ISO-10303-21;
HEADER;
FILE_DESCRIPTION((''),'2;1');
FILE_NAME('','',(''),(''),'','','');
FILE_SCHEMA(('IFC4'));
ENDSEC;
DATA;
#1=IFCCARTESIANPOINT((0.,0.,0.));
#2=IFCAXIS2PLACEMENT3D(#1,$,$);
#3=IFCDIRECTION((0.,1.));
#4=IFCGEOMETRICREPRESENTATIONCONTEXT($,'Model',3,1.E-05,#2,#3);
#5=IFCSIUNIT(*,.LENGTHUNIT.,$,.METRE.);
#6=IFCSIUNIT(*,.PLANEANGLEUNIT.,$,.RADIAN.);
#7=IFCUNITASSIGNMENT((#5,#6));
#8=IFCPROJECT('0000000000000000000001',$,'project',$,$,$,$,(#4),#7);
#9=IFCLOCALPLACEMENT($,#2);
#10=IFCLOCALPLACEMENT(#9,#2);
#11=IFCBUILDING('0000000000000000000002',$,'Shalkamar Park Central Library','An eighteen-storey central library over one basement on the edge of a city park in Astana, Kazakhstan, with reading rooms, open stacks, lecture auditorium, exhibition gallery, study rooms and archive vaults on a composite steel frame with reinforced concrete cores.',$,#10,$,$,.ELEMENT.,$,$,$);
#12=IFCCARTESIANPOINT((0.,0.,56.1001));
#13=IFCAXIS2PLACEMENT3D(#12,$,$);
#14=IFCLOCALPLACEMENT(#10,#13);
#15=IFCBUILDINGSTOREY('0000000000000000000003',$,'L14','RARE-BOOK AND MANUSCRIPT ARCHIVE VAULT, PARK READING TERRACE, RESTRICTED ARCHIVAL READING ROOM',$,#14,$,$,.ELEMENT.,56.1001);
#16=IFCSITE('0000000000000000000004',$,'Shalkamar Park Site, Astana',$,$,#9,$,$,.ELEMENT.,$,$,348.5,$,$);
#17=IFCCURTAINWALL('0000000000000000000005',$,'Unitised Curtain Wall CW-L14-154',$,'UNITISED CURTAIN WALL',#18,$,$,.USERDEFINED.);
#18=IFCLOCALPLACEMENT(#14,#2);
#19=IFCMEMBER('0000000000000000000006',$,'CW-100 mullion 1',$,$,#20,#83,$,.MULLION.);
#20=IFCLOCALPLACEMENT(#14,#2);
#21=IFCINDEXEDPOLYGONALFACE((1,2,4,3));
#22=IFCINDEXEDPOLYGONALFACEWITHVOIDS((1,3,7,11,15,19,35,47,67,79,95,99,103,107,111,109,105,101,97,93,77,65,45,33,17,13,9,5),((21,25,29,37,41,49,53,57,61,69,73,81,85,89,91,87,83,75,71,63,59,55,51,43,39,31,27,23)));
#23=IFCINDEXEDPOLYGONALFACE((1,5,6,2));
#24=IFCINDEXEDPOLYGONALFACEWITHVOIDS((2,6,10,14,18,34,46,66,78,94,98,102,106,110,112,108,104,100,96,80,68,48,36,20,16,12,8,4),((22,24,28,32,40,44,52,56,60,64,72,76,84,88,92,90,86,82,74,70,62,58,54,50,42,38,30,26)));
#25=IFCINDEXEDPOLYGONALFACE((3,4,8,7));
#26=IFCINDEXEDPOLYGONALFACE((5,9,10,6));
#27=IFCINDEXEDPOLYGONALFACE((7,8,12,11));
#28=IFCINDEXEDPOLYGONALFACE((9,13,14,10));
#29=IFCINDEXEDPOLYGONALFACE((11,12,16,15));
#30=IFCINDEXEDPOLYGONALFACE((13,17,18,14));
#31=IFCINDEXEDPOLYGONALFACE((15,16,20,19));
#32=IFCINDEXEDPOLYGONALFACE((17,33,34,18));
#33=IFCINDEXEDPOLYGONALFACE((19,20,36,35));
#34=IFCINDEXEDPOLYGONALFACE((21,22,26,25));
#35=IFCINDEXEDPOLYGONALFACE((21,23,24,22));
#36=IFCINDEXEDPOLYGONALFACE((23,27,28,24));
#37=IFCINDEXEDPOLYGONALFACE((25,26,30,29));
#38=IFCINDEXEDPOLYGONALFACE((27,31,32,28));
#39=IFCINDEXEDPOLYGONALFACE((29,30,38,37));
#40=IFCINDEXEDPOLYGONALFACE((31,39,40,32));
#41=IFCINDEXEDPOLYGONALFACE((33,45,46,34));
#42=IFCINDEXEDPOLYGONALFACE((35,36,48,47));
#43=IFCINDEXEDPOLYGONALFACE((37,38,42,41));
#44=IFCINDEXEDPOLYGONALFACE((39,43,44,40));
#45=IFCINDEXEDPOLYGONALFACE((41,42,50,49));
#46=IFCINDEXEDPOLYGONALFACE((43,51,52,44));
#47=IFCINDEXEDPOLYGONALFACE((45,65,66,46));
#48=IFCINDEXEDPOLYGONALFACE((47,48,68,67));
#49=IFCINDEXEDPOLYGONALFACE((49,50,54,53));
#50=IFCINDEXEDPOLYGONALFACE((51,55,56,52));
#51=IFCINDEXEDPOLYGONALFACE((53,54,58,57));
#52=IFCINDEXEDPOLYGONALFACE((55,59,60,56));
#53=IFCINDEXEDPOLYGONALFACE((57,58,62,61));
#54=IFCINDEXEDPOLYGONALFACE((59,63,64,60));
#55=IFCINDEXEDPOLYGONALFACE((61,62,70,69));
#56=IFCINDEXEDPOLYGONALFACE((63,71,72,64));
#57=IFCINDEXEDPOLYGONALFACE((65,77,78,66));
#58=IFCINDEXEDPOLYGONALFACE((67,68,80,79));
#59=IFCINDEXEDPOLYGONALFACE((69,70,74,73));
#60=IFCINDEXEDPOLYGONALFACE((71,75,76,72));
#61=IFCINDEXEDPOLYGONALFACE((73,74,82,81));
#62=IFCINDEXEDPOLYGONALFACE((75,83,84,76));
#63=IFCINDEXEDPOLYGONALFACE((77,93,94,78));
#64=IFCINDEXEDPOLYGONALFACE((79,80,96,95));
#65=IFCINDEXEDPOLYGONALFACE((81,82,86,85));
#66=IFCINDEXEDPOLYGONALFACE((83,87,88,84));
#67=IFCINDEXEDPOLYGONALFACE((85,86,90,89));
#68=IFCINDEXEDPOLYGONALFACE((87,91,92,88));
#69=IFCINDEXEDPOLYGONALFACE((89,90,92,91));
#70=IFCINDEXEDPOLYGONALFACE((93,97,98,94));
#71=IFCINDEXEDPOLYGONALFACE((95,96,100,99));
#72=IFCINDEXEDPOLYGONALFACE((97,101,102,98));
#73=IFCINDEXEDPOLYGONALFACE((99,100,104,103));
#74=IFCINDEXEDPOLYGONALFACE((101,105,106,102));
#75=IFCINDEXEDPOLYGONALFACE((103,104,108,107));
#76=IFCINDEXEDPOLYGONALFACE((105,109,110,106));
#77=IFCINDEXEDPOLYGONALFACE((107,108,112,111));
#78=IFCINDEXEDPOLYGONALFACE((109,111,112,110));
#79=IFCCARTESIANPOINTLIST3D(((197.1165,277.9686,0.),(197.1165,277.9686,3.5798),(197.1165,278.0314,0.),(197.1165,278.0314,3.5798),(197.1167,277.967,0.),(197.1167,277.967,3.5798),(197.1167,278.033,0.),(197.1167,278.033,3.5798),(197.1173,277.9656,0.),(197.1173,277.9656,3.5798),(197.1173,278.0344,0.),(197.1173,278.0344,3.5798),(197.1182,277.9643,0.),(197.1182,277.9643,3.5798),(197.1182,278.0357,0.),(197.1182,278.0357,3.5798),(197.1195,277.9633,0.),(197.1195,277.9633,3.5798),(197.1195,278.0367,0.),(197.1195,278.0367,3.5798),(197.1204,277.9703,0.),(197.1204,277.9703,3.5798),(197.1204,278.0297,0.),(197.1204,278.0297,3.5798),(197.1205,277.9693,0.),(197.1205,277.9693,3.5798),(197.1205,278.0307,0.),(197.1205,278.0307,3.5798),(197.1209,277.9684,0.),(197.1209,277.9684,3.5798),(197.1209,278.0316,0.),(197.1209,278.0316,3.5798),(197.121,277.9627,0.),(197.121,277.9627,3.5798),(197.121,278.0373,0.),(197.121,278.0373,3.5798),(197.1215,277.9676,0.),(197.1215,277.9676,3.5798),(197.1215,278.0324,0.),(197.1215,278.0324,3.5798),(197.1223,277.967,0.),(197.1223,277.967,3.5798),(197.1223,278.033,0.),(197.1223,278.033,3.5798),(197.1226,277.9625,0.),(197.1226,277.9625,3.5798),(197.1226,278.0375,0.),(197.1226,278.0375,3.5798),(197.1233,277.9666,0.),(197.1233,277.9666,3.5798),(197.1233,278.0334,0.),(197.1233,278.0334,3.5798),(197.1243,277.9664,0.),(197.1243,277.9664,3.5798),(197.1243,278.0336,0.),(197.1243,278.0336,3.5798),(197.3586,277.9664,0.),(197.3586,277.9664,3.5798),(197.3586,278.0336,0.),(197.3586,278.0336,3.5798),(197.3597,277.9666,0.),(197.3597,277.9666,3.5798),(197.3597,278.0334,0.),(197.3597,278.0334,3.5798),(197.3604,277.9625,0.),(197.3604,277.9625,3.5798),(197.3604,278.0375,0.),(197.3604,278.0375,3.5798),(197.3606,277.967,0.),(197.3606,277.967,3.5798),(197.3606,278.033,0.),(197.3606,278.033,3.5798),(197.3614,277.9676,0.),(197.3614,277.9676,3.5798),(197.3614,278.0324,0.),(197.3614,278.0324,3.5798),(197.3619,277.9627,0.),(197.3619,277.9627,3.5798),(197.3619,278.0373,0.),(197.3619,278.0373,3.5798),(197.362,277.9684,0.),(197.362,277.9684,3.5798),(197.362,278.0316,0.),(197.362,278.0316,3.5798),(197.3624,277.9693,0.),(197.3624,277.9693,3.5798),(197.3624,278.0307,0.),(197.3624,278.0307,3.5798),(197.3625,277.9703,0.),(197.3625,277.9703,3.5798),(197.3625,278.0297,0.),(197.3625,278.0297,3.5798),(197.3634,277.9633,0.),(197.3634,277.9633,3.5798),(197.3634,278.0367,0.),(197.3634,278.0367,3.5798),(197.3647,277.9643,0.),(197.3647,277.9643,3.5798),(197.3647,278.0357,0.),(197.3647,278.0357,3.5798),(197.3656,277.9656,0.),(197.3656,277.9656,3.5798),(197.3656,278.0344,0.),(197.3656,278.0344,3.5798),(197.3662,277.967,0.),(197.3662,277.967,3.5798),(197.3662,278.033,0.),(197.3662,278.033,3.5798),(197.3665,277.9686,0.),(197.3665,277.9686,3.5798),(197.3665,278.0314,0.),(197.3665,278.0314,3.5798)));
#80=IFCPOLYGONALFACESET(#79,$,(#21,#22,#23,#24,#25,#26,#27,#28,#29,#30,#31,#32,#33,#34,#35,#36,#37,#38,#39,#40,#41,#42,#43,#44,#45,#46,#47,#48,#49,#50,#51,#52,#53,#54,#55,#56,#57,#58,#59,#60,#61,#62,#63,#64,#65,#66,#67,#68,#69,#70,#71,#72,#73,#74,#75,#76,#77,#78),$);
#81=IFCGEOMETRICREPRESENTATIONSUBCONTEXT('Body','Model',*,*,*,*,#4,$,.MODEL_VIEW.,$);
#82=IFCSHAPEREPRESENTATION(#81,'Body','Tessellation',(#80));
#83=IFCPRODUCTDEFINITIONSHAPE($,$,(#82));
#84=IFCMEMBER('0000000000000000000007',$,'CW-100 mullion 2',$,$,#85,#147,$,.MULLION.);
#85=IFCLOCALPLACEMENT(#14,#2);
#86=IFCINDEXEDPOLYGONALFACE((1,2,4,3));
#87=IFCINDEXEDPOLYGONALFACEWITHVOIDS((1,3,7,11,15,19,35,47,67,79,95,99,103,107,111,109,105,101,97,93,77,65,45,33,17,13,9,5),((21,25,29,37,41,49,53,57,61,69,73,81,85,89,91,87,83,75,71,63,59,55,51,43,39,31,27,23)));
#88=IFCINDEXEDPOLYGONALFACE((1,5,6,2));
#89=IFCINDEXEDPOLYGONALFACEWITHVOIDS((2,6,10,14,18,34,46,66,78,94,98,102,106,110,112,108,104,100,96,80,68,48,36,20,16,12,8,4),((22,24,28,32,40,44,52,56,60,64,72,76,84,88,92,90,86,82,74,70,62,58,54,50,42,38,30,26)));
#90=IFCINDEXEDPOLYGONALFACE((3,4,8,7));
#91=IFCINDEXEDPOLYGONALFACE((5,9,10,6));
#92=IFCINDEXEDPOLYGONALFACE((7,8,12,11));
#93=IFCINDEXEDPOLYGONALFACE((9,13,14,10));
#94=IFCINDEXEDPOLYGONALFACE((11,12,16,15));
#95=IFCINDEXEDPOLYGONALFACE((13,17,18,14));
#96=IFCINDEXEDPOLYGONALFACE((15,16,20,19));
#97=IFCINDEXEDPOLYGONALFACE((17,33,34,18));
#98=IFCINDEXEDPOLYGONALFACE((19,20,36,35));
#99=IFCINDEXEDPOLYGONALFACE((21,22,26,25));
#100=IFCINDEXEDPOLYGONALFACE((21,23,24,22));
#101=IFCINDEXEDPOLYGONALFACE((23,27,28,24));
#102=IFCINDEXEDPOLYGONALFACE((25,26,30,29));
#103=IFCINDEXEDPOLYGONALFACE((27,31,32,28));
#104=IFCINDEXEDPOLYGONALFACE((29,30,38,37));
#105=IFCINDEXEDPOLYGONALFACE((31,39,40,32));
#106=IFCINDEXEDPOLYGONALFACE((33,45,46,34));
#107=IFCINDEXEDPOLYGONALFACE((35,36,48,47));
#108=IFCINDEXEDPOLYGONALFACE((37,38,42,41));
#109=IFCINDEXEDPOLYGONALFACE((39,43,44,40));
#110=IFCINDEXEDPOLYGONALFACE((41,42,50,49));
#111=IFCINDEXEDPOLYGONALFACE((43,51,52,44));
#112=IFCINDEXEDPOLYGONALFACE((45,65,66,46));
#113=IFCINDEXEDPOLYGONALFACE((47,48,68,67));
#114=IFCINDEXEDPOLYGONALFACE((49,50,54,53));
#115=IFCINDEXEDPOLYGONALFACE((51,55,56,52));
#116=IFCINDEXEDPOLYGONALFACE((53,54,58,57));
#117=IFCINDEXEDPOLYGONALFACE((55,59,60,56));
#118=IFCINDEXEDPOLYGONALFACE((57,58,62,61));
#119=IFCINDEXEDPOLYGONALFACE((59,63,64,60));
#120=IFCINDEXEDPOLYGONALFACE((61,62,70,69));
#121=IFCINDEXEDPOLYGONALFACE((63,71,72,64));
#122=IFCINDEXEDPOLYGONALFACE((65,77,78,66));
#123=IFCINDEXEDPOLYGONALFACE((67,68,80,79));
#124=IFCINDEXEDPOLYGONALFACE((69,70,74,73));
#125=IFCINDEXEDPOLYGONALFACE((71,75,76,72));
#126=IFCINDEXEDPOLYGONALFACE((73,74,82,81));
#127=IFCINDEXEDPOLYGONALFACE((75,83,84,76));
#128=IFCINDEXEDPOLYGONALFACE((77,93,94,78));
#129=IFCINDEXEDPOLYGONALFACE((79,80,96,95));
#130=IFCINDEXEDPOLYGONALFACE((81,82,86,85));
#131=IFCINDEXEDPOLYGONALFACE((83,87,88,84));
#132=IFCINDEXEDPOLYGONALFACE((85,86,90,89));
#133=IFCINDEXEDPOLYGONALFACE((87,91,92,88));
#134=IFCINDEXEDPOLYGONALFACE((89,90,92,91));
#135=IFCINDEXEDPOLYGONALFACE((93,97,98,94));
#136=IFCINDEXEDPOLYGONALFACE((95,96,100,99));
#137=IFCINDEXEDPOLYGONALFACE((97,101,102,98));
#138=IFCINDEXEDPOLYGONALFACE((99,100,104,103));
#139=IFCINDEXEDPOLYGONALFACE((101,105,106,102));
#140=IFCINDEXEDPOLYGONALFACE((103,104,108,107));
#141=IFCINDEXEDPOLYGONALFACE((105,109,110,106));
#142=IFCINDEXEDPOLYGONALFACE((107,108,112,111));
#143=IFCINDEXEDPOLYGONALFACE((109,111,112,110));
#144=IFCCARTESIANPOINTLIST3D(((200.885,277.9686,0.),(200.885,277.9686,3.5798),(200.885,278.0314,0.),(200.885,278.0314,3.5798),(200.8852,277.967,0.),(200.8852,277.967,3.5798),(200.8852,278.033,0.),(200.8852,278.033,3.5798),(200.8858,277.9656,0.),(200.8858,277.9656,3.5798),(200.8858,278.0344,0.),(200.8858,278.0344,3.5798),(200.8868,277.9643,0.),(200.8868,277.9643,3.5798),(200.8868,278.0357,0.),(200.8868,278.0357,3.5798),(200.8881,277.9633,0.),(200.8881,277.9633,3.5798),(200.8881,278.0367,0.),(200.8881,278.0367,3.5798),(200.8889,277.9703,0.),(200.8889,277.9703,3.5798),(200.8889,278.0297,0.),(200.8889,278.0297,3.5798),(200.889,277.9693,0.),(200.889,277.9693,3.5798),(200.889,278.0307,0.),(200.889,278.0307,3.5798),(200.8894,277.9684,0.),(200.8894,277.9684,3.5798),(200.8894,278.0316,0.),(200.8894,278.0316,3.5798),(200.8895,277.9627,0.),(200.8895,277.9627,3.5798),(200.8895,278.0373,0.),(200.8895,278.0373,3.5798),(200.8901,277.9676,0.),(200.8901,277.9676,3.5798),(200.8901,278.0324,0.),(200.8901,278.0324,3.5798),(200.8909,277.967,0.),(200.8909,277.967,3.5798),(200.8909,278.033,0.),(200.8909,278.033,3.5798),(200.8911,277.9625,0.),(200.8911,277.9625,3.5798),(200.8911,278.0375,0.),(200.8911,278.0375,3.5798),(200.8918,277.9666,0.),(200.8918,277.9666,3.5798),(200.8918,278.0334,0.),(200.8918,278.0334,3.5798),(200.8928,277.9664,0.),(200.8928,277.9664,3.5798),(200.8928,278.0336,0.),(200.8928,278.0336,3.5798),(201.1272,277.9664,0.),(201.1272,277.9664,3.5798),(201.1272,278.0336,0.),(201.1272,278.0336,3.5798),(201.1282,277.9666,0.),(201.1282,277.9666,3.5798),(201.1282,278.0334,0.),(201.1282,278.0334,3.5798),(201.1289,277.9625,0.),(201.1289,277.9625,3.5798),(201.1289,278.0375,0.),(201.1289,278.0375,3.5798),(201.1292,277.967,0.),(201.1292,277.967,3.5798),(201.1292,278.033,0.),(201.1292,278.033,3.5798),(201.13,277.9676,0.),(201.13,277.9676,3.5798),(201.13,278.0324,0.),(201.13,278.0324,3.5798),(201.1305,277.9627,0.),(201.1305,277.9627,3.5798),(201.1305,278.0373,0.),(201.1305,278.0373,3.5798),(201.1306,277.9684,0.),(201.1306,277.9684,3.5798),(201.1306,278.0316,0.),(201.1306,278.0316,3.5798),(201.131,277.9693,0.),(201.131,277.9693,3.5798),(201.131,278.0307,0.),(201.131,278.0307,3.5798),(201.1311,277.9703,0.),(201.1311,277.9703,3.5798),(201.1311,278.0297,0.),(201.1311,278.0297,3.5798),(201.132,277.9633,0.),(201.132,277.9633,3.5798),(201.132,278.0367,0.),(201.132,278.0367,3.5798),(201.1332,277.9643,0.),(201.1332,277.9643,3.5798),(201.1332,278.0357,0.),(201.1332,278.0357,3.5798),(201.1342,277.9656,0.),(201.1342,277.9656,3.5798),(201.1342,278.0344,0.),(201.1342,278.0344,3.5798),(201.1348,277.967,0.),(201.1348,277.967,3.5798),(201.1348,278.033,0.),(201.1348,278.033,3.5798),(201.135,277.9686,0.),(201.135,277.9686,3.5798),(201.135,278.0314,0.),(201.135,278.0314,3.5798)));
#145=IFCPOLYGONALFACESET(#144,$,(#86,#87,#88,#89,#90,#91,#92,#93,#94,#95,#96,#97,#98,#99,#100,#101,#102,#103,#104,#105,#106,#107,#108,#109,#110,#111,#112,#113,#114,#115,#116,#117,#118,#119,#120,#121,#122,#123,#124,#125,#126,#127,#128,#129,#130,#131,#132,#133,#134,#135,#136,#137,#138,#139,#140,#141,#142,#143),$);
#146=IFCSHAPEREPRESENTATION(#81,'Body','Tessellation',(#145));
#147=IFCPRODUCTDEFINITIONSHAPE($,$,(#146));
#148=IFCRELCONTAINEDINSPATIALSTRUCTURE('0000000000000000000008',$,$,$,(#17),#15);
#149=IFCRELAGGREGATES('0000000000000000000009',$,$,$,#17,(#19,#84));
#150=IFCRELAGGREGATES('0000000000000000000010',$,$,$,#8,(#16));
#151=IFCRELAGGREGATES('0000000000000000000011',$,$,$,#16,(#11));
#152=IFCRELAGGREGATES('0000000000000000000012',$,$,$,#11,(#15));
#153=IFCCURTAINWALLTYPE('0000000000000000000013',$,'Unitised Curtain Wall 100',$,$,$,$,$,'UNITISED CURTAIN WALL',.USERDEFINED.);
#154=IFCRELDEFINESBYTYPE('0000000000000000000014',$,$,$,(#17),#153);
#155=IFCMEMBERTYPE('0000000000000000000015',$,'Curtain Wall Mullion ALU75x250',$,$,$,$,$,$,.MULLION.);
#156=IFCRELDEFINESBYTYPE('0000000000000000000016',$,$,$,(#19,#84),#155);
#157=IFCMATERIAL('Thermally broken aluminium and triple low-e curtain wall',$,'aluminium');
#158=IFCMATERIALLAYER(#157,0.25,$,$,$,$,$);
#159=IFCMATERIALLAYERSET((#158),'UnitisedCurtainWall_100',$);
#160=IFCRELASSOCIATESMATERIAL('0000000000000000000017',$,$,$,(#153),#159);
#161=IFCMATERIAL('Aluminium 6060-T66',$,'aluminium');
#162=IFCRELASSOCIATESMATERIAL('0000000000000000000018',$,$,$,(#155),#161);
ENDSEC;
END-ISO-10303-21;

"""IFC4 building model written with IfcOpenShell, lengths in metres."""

from ifc_helpers import new_model, si_unit, direction, frame, origin, origin_2d, place, context, subcontext, project, spatial, hollow_rectangle, extrude, material, layer, layer_set, material_profile, profile_set, type_object, element, aggregate, save


model = new_model("IFC4")

# Units and contexts
model_context = context("Model", 3, precision=1e-05, world=origin(), true_north=direction((0.0, 1.0)))
body_context = subcontext(model_context, "Body", "Model", "MODEL_VIEW")
ifc_project = project(units=[si_unit("LENGTHUNIT", "METRE"), si_unit("PLANEANGLEUNIT", "RADIAN")], contexts=[model_context])

# Site, building, storey
site_placement = place(None, origin())
site = spatial("IfcSite", under=ifc_project, at=site_placement, Name="Shalkamar Park Site, Astana", CompositionType="ELEMENT", RefElevation=348.5)
building_placement = place(site_placement, origin())
building = spatial("IfcBuilding", under=site, at=building_placement, Name="Shalkamar Park Central Library", Description="An eighteen-storey central library over one basement on the edge of a city park in Astana, Kazakhstan, with reading rooms, open stacks, lecture auditorium, exhibition gallery, study rooms and archive vaults on a composite steel frame with reinforced concrete cores.", CompositionType="ELEMENT")
storey_placement = place(building_placement, frame((0.0, 0.0, 56.1001)))
storey = spatial("IfcBuildingStorey", under=building, at=storey_placement, Name="L14", Description="RARE-BOOK AND MANUSCRIPT ARCHIVE VAULT, PARK READING TERRACE, RESTRICTED ARCHIVAL READING ROOM", CompositionType="ELEMENT", Elevation=56.1001)

# Curtain wall, members
ifc_material_1 = material(Name="Thermally broken aluminium and triple low-e curtain wall", Category="aluminium")
ifc_layer_1 = layer(ifc_material_1, 0.25)
ifc_layer_set_1 = layer_set([ifc_layer_1], Name="UnitisedCurtainWall_100")
curtain_wall_type_1 = type_object("IfcCurtainWallType", Name="Unitised Curtain Wall 100", ElementType="UNITISED CURTAIN WALL", PredefinedType="USERDEFINED", material=ifc_layer_set_1)
curtain_wall_1_placement = place(storey_placement, origin())
curtain_wall_1 = element("IfcCurtainWall", 1, at=curtain_wall_1_placement, inside=storey, type_object=curtain_wall_type_1, Name="Unitised Curtain Wall CW-L14-154", ObjectType="UNITISED CURTAIN WALL", PredefinedType="USERDEFINED")
ifc_material_2 = material(Name="Aluminium 6060-T66", Category="aluminium")
ifc_material_profile_1 = material_profile(ifc_material_2, hollow_rectangle(XDim=0.075, YDim=0.25, WallThickness=0.0039, InnerFilletRadius=0.0039, OuterFilletRadius=0.0061, at=origin_2d()), Name="ALU 75x250x4")
ifc_profile_set_1 = profile_set([ifc_material_profile_1], Name="Aluminium 6060-T66")
member_type_1 = type_object("IfcMemberType", Name="Curtain Wall Mullion ALU75x250", PredefinedType="MULLION", material=ifc_profile_set_1)
member_1_placement = place(storey_placement, frame((197.2415, 278.0, 0.0), z_axis=(0.0, 0.0, 1.0), x_axis=(0.0, 1.0, 0.0)))
member_1 = element("IfcMember", 2, at=member_1_placement, type_object=member_type_1, Name="CW-100 mullion 1", PredefinedType="MULLION", context=body_context, shape_type="SweptSolid", body=[
    extrude(hollow_rectangle(XDim=0.075, YDim=0.25, WallThickness=0.0039, InnerFilletRadius=0.0039, OuterFilletRadius=0.0061, at=origin_2d()), origin(), (0.0, 0.0, 1.0), 3.5798),
])
member_2_placement = place(storey_placement, frame((201.01, 278.0, 0.0), z_axis=(0.0, 0.0, 1.0), x_axis=(0.0, 1.0, 0.0)))
member_2 = element("IfcMember", 3, at=member_2_placement, type_object=member_type_1, Name="CW-100 mullion 2", PredefinedType="MULLION", context=body_context, shape_type="SweptSolid", body=[
    extrude(hollow_rectangle(XDim=0.075, YDim=0.25, WallThickness=0.0039, InnerFilletRadius=0.0039, OuterFilletRadius=0.0061, at=origin_2d()), origin(), (0.0, 0.0, 1.0), 3.5798),
])

aggregate(curtain_wall_1, [member_1, member_2])

save(model, "model.ifc")
